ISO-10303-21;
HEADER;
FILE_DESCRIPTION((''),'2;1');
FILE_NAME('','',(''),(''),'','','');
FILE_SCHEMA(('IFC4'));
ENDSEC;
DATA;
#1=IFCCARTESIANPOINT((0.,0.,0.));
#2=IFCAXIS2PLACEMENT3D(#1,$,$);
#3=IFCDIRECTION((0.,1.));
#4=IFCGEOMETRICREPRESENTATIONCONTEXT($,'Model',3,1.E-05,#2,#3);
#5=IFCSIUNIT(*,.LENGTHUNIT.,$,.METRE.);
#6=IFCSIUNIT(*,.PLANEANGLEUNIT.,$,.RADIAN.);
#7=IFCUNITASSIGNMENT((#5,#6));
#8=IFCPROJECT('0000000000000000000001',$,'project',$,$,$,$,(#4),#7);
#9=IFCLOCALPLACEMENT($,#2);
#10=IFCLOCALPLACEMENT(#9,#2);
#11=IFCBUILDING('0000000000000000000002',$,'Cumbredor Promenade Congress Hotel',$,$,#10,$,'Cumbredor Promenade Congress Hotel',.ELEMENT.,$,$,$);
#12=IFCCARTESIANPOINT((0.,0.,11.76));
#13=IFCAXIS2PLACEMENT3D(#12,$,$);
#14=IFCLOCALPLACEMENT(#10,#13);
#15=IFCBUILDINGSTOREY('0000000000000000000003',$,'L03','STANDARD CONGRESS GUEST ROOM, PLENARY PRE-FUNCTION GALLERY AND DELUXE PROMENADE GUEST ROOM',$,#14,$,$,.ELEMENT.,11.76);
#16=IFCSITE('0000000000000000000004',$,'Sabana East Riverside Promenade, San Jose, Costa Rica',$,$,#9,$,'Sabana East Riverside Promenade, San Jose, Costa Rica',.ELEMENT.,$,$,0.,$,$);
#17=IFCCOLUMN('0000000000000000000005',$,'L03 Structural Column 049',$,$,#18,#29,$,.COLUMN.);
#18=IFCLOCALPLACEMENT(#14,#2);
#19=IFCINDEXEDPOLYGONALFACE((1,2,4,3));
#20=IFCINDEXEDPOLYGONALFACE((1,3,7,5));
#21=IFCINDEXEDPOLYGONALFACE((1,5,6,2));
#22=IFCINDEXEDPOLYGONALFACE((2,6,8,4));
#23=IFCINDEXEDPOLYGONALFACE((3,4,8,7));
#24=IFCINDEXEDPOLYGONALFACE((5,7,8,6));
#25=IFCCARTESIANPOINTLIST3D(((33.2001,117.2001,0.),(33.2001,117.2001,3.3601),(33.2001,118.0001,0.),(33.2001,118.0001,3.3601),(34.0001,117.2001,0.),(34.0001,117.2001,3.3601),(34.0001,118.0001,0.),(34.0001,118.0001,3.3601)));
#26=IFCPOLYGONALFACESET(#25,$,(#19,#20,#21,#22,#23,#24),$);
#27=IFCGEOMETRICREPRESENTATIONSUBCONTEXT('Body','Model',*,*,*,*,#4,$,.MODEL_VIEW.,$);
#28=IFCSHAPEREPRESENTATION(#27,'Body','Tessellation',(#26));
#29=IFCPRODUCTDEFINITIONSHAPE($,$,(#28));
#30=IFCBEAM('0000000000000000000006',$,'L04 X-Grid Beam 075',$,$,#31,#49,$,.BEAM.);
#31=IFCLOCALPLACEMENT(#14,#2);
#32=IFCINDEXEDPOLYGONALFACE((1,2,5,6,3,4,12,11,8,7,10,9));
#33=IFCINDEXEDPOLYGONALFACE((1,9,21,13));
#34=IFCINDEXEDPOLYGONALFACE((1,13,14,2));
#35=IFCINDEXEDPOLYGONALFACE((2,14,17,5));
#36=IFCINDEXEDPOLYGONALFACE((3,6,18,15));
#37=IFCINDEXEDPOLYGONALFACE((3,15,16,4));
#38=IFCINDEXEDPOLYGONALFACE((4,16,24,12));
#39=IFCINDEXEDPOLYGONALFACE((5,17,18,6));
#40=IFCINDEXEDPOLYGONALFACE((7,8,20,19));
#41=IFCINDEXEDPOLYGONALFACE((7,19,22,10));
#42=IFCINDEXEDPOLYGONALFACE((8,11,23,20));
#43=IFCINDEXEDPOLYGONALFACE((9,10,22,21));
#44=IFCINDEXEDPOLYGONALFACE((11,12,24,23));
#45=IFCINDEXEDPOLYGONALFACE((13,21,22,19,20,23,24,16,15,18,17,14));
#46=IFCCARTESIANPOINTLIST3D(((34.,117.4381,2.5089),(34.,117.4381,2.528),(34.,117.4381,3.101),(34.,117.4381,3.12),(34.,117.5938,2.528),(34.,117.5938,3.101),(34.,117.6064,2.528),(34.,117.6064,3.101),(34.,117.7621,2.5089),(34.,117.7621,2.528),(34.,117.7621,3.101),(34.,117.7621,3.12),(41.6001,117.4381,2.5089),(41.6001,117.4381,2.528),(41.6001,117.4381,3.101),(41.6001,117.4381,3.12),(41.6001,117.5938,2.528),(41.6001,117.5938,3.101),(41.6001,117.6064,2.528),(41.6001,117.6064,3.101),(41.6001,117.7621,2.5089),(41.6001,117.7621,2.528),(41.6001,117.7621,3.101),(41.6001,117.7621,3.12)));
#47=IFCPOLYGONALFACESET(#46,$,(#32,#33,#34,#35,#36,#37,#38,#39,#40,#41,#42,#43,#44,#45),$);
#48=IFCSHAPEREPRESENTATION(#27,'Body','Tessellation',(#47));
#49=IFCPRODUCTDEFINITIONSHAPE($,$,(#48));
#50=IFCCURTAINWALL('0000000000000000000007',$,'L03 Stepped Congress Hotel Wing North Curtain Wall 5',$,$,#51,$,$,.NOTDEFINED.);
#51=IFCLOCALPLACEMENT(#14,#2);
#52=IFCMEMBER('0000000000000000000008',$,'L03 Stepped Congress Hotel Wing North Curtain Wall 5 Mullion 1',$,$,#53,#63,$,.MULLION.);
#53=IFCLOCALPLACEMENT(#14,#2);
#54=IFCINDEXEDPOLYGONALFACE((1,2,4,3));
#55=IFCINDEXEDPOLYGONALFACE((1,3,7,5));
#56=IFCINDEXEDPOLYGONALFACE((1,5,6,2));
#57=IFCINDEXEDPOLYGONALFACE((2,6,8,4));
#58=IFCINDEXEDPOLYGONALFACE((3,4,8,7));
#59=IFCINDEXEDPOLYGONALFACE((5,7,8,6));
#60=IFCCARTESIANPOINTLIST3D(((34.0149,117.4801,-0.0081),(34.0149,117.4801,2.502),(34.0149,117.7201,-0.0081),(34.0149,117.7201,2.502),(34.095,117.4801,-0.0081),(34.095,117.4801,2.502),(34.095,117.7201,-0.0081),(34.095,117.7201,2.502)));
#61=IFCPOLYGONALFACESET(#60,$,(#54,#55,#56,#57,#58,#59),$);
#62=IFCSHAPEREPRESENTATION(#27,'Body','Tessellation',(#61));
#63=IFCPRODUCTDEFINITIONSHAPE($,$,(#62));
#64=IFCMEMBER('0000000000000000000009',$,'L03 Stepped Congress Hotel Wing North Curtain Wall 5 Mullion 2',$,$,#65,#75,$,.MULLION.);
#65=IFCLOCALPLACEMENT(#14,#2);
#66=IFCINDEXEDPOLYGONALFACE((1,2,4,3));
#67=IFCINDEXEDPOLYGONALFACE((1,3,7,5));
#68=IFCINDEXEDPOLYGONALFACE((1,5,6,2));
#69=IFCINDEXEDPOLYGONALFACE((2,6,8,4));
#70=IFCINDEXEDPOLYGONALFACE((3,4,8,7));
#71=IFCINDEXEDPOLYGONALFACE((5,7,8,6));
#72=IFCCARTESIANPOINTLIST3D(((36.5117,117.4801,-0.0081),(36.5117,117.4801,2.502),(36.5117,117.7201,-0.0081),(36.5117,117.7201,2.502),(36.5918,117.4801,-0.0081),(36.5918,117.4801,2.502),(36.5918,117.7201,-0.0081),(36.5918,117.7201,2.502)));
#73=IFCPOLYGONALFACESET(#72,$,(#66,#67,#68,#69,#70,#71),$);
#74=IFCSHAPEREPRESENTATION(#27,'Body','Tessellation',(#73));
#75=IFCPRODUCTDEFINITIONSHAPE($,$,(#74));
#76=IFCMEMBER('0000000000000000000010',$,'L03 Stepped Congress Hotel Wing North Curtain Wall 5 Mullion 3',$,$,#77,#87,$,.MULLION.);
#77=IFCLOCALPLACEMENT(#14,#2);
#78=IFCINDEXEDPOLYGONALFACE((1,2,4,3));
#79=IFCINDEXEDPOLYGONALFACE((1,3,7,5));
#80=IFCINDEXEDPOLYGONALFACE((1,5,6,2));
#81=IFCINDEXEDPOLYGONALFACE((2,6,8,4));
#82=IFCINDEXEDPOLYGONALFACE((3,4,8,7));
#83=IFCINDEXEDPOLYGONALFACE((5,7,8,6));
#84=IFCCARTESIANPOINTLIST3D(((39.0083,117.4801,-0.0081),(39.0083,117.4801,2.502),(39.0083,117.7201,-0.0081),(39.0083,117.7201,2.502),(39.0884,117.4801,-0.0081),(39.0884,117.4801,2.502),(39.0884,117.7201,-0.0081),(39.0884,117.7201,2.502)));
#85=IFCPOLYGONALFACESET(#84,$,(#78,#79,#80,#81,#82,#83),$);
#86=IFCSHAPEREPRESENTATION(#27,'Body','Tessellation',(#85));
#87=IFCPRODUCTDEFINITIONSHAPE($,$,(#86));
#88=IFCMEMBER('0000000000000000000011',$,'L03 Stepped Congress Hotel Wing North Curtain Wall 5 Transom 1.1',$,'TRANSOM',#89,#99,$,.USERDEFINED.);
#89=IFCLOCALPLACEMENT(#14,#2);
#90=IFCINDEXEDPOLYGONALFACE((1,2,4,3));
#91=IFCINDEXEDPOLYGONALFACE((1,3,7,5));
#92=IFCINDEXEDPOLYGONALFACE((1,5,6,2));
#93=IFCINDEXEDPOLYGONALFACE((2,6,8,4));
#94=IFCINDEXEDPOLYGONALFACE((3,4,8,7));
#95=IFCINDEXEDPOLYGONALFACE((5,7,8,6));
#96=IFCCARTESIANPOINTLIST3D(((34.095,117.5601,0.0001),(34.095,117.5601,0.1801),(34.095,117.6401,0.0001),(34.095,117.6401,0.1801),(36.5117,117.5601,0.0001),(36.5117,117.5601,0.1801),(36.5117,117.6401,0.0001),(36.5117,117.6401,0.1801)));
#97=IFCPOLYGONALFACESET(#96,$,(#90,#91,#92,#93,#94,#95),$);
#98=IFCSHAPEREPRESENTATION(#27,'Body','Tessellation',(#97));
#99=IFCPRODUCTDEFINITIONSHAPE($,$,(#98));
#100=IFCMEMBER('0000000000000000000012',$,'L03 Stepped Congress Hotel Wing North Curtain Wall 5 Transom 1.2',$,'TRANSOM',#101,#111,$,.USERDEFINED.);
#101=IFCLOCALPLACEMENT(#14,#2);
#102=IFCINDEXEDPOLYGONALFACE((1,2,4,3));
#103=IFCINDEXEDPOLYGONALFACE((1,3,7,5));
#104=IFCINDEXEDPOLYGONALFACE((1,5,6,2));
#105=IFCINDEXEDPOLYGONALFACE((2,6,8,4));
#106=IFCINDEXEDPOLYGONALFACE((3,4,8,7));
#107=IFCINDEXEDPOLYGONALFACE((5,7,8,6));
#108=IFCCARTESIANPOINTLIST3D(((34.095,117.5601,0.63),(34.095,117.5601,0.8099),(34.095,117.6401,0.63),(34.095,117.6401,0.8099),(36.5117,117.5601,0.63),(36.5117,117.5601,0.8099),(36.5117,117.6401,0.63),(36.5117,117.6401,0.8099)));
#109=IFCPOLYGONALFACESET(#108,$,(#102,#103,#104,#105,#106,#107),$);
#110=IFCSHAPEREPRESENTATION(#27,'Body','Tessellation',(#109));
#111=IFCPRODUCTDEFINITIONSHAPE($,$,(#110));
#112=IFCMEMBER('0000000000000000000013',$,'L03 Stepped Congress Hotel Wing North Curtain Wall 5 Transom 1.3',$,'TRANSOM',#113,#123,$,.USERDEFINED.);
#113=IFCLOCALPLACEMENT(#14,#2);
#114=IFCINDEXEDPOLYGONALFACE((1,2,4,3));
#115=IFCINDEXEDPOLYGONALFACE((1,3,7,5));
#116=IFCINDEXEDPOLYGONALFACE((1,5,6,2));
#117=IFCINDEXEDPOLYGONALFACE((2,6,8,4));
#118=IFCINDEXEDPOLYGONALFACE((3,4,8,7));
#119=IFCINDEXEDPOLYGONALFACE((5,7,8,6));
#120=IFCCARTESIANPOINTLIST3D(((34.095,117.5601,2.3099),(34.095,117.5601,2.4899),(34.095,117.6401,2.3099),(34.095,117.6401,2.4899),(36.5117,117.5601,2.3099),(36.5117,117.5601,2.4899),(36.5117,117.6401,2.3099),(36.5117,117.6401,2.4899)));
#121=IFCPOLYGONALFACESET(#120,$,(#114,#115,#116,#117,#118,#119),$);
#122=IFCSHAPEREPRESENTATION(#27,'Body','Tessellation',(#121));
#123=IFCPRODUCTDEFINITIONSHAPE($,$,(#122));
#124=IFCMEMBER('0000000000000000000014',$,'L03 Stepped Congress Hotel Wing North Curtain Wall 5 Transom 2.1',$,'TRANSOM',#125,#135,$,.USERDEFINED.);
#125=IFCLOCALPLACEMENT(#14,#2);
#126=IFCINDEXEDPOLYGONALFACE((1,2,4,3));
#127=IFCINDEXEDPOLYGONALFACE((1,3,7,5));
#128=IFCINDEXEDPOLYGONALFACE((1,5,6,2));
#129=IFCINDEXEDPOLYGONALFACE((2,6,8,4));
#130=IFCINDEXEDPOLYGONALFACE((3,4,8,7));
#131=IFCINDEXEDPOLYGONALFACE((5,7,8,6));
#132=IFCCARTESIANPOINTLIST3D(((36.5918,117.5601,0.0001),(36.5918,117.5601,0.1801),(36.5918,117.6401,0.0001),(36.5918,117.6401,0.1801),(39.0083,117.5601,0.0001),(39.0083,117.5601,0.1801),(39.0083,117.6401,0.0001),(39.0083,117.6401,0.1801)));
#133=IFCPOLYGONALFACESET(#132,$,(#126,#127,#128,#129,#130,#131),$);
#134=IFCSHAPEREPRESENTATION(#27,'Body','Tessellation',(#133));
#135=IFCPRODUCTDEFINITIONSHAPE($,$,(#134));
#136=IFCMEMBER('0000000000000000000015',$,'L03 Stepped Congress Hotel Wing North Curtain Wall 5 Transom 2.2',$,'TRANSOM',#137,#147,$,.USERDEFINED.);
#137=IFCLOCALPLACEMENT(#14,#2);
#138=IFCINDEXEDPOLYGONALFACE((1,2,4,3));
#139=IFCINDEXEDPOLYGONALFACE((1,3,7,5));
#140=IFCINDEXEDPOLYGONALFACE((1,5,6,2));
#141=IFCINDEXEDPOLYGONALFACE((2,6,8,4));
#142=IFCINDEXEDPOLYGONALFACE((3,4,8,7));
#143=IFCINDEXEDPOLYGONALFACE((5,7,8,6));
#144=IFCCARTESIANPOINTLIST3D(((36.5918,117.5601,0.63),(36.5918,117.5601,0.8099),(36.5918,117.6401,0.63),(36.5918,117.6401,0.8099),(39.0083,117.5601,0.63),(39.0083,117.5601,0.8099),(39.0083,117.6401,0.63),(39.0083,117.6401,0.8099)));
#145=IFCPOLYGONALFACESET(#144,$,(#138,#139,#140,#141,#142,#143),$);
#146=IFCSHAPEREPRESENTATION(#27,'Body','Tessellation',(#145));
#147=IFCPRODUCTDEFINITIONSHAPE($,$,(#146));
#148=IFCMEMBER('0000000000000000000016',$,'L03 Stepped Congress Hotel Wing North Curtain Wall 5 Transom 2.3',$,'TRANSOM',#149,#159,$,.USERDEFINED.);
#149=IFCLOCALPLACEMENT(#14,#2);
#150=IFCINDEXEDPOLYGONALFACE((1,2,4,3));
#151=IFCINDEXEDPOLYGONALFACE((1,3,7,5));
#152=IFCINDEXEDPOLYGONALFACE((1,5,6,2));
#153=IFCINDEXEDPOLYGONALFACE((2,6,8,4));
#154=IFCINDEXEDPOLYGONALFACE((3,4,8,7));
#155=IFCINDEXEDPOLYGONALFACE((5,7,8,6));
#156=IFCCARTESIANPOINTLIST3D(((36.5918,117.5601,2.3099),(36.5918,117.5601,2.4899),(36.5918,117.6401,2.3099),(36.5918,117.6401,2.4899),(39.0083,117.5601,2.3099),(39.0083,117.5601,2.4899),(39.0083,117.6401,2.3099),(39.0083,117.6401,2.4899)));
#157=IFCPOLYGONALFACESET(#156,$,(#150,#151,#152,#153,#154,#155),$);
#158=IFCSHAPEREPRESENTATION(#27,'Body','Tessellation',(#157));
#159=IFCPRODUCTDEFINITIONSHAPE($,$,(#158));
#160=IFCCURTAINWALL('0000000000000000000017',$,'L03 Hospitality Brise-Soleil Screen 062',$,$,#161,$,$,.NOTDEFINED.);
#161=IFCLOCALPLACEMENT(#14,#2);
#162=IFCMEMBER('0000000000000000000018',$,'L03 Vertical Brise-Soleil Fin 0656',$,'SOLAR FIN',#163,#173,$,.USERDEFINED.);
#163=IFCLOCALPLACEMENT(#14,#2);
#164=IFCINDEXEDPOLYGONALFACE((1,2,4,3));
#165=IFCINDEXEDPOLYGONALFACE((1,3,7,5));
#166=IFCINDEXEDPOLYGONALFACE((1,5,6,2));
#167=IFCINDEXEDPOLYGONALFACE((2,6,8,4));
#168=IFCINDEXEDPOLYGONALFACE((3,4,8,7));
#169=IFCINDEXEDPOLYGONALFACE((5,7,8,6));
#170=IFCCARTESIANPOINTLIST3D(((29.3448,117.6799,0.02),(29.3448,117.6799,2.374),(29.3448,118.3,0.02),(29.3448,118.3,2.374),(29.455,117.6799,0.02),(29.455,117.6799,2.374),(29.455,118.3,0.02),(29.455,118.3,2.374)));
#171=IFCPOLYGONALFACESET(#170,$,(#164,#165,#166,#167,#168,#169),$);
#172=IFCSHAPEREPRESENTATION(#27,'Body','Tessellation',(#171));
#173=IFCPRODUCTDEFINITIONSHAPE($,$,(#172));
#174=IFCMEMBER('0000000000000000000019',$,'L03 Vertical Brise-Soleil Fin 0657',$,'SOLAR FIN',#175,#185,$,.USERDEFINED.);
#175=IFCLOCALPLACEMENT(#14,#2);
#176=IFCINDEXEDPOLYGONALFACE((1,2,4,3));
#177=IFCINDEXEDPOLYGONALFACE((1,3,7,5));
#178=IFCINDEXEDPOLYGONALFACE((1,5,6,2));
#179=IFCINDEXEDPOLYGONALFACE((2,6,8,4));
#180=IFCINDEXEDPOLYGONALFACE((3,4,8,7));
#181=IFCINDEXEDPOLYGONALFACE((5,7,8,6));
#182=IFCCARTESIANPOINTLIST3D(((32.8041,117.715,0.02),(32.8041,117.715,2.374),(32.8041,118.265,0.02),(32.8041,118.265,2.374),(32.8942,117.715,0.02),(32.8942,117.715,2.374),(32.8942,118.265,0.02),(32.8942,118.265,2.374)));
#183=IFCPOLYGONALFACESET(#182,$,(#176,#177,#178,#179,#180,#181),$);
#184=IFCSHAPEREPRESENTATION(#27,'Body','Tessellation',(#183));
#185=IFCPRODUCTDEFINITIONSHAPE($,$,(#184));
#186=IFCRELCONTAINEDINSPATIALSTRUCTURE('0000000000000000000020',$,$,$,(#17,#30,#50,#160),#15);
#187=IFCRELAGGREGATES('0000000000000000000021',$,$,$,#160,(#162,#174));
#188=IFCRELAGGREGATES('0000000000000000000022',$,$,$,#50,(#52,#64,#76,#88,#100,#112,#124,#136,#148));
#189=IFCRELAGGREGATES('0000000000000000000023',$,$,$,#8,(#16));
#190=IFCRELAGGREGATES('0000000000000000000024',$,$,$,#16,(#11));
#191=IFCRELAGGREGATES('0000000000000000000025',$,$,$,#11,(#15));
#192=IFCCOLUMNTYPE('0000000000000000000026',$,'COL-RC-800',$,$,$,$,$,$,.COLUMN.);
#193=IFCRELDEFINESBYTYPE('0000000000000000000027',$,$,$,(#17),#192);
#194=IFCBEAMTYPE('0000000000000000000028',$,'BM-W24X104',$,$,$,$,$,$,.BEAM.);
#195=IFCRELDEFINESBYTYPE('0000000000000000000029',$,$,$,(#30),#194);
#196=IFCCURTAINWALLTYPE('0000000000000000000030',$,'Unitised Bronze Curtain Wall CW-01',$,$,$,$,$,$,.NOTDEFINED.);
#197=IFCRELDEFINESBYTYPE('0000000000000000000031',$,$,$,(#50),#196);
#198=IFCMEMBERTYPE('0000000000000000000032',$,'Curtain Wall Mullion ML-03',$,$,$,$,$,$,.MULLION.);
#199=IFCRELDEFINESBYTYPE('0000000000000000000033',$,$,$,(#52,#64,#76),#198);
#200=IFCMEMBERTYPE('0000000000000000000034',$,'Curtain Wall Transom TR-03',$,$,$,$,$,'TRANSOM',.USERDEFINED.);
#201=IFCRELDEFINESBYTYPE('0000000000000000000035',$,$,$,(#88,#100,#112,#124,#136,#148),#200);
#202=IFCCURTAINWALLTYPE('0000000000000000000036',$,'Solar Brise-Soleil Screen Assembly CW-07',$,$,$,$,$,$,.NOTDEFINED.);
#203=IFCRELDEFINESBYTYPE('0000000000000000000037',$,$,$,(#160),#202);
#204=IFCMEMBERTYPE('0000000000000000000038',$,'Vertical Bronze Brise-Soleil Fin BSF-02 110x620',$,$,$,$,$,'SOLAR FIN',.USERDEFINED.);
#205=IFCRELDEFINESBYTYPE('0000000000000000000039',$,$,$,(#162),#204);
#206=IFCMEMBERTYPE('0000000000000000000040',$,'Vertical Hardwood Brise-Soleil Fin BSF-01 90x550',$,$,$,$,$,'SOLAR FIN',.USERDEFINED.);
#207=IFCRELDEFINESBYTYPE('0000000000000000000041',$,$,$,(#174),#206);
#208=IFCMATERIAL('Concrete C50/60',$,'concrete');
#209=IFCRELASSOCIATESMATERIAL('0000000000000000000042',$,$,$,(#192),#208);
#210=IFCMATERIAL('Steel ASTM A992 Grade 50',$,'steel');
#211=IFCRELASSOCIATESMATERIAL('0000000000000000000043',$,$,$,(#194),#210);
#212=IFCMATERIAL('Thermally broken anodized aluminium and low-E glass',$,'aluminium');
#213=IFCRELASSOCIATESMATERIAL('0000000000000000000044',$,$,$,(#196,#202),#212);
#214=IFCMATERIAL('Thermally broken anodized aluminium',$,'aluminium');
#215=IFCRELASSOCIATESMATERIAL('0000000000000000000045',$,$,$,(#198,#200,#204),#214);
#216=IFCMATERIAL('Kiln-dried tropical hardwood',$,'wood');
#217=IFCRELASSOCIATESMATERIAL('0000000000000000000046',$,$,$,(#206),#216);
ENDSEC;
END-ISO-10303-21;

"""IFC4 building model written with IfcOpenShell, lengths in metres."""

from ifc_helpers import new_model, si_unit, direction, frame, origin, origin_2d, place, context, subcontext, project, spatial, rectangle, i_section, extrude, material, material_profile, profile_set, type_object, element, aggregate, save


model = new_model("IFC4")

# Units and contexts
model_context = context("Model", 3, precision=1e-05, world=origin(), true_north=direction((0.0, 1.0)))
body_context = subcontext(model_context, "Body", "Model", "MODEL_VIEW")
ifc_project = project(units=[si_unit("LENGTHUNIT", "METRE"), si_unit("PLANEANGLEUNIT", "RADIAN")], contexts=[model_context])

# Site, building, storey
site_placement = place(None, origin())
site = spatial("IfcSite", under=ifc_project, at=site_placement, Name="Sabana East Riverside Promenade, San Jose, Costa Rica", LongName="Sabana East Riverside Promenade, San Jose, Costa Rica", CompositionType="ELEMENT", RefElevation=0.0)
building_placement = place(site_placement, origin())
building = spatial("IfcBuilding", under=site, at=building_placement, Name="Cumbredor Promenade Congress Hotel", LongName="Cumbredor Promenade Congress Hotel", CompositionType="ELEMENT")
storey_placement = place(building_placement, frame((0.0, 0.0, 11.76)))
storey = spatial("IfcBuildingStorey", under=building, at=storey_placement, Name="L03", Description="STANDARD CONGRESS GUEST ROOM, PLENARY PRE-FUNCTION GALLERY AND DELUXE PROMENADE GUEST ROOM", CompositionType="ELEMENT", Elevation=11.76)

# Column
ifc_material_1 = material(Name="Concrete C50/60", Category="concrete")
ifc_material_profile_1 = material_profile(ifc_material_1, rectangle(XDim=0.8, YDim=0.8, at=origin_2d()), Name="RC 800x800")
ifc_profile_set_1 = profile_set([ifc_material_profile_1], Name="Concrete C50/60")
column_type = type_object("IfcColumnType", Name="COL-RC-800", PredefinedType="COLUMN", material=ifc_profile_set_1)
column_placement = place(storey_placement, frame((33.6001, 117.6001, 0.0), z_axis=(0.0, 0.0, 1.0), x_axis=(1.0, 0.0, 0.0)))
element("IfcColumn", 1, at=column_placement, inside=storey, type_object=column_type, Name="L03 Structural Column 049", PredefinedType="COLUMN", context=body_context, shape_type="SweptSolid", body=[
    extrude(rectangle(XDim=0.8, YDim=0.8, at=origin_2d()), origin(), (0.0, 0.0, 1.0), 3.3601),
])

# Beam
ifc_material_2 = material(Name="Steel ASTM A992 Grade 50", Category="steel")
ifc_material_profile_2 = material_profile(ifc_material_2, i_section(OverallWidth=0.324, OverallDepth=0.6111, WebThickness=0.0127, FlangeThickness=0.019, at=origin_2d()), Name="W24X104")
ifc_profile_set_2 = profile_set([ifc_material_profile_2], Name="Steel ASTM A992 Grade 50")
beam_type = type_object("IfcBeamType", Name="BM-W24X104", PredefinedType="BEAM", material=ifc_profile_set_2)
beam_placement = place(storey_placement, frame((34.0, 117.6001, 2.8145), z_axis=(1.0, 0.0, 0.0), x_axis=(0.0, 1.0, 0.0)))
element("IfcBeam", 2, at=beam_placement, inside=storey, type_object=beam_type, Name="L04 X-Grid Beam 075", PredefinedType="BEAM", context=body_context, shape_type="SweptSolid", body=[
    extrude(i_section(OverallWidth=0.324, OverallDepth=0.6111, WebThickness=0.0127, FlangeThickness=0.019, at=origin_2d()), origin(), (0.0, 0.0, 1.0), 7.6001),
])

# Curtain walls, members
ifc_material_3 = material(Name="Thermally broken anodized aluminium and low-E glass", Category="aluminium")
curtain_wall_type_1 = type_object("IfcCurtainWallType", Name="Unitised Bronze Curtain Wall CW-01", PredefinedType="NOTDEFINED", material=ifc_material_3)
curtain_wall_1_placement = place(storey_placement, origin())
curtain_wall_1 = element("IfcCurtainWall", 3, at=curtain_wall_1_placement, inside=storey, type_object=curtain_wall_type_1, Name="L03 Stepped Congress Hotel Wing North Curtain Wall 5", PredefinedType="NOTDEFINED")
ifc_material_4 = material(Name="Thermally broken anodized aluminium", Category="aluminium")
ifc_material_profile_3 = material_profile(ifc_material_4, rectangle(XDim=0.0801, YDim=0.24, at=origin_2d()), Name="ALU MULLION 80x240")
ifc_profile_set_3 = profile_set([ifc_material_profile_3], Name="Thermally broken anodized aluminium")
member_type_1 = type_object("IfcMemberType", Name="Curtain Wall Mullion ML-03", PredefinedType="MULLION", material=ifc_profile_set_3)
member_1_placement = place(storey_placement, frame((34.0549, 117.6001, -0.0081), z_axis=(0.0, 0.0, 1.0), x_axis=(1.0, 0.0, 0.0)))
member_1 = element("IfcMember", 4, at=member_1_placement, type_object=member_type_1, Name="L03 Stepped Congress Hotel Wing North Curtain Wall 5 Mullion 1", PredefinedType="MULLION", context=body_context, shape_type="SweptSolid", body=[
    extrude(rectangle(XDim=0.0801, YDim=0.24, at=origin_2d()), origin(), (0.0, 0.0, 1.0), 2.51),
])
member_2_placement = place(storey_placement, frame((36.5518, 117.6001, -0.0081), z_axis=(0.0, 0.0, 1.0), x_axis=(1.0, 0.0, 0.0)))
member_2 = element("IfcMember", 5, at=member_2_placement, type_object=member_type_1, Name="L03 Stepped Congress Hotel Wing North Curtain Wall 5 Mullion 2", PredefinedType="MULLION", context=body_context, shape_type="SweptSolid", body=[
    extrude(rectangle(XDim=0.0801, YDim=0.24, at=origin_2d()), origin(), (0.0, 0.0, 1.0), 2.51),
])
member_3_placement = place(storey_placement, frame((39.0483, 117.6001, -0.0081), z_axis=(0.0, 0.0, 1.0), x_axis=(1.0, 0.0, 0.0)))
member_3 = element("IfcMember", 6, at=member_3_placement, type_object=member_type_1, Name="L03 Stepped Congress Hotel Wing North Curtain Wall 5 Mullion 3", PredefinedType="MULLION", context=body_context, shape_type="SweptSolid", body=[
    extrude(rectangle(XDim=0.0801, YDim=0.24, at=origin_2d()), origin(), (0.0, 0.0, 1.0), 2.51),
])
ifc_material_profile_4 = material_profile(ifc_material_4, rectangle(XDim=0.0801, YDim=0.1799, at=origin_2d()), Name="ALU TRANSOM 80x180")
ifc_profile_set_4 = profile_set([ifc_material_profile_4], Name="Thermally broken anodized aluminium")
member_type_2 = type_object("IfcMemberType", Name="Curtain Wall Transom TR-03", ElementType="TRANSOM", PredefinedType="USERDEFINED", material=ifc_profile_set_4)
member_4_placement = place(storey_placement, frame((34.095, 117.6001, 0.0901), z_axis=(1.0, 0.0, 0.0), x_axis=(0.0, 1.0, 0.0)))
member_4 = element("IfcMember", 7, at=member_4_placement, type_object=member_type_2, Name="L03 Stepped Congress Hotel Wing North Curtain Wall 5 Transom 1.1", ObjectType="TRANSOM", PredefinedType="USERDEFINED", context=body_context, shape_type="SweptSolid", body=[
    extrude(rectangle(XDim=0.0801, YDim=0.1799, at=origin_2d()), origin(), (0.0, 0.0, 1.0), 2.4167),
])
member_5_placement = place(storey_placement, frame((34.095, 117.6001, 0.72), z_axis=(1.0, 0.0, 0.0), x_axis=(0.0, 1.0, 0.0)))
member_5 = element("IfcMember", 8, at=member_5_placement, type_object=member_type_2, Name="L03 Stepped Congress Hotel Wing North Curtain Wall 5 Transom 1.2", ObjectType="TRANSOM", PredefinedType="USERDEFINED", context=body_context, shape_type="SweptSolid", body=[
    extrude(rectangle(XDim=0.0801, YDim=0.1799, at=origin_2d()), origin(), (0.0, 0.0, 1.0), 2.4167),
])
member_6_placement = place(storey_placement, frame((34.095, 117.6001, 2.3999), z_axis=(1.0, 0.0, 0.0), x_axis=(0.0, 1.0, 0.0)))
member_6 = element("IfcMember", 9, at=member_6_placement, type_object=member_type_2, Name="L03 Stepped Congress Hotel Wing North Curtain Wall 5 Transom 1.3", ObjectType="TRANSOM", PredefinedType="USERDEFINED", context=body_context, shape_type="SweptSolid", body=[
    extrude(rectangle(XDim=0.0801, YDim=0.1799, at=origin_2d()), origin(), (0.0, 0.0, 1.0), 2.4167),
])
member_7_placement = place(storey_placement, frame((36.5918, 117.6001, 0.0901), z_axis=(1.0, 0.0, 0.0), x_axis=(0.0, 1.0, 0.0)))
member_7 = element("IfcMember", 10, at=member_7_placement, type_object=member_type_2, Name="L03 Stepped Congress Hotel Wing North Curtain Wall 5 Transom 2.1", ObjectType="TRANSOM", PredefinedType="USERDEFINED", context=body_context, shape_type="SweptSolid", body=[
    extrude(rectangle(XDim=0.0801, YDim=0.1799, at=origin_2d()), origin(), (0.0, 0.0, 1.0), 2.4165),
])
member_8_placement = place(storey_placement, frame((36.5918, 117.6001, 0.72), z_axis=(1.0, 0.0, 0.0), x_axis=(0.0, 1.0, 0.0)))
member_8 = element("IfcMember", 11, at=member_8_placement, type_object=member_type_2, Name="L03 Stepped Congress Hotel Wing North Curtain Wall 5 Transom 2.2", ObjectType="TRANSOM", PredefinedType="USERDEFINED", context=body_context, shape_type="SweptSolid", body=[
    extrude(rectangle(XDim=0.0801, YDim=0.1799, at=origin_2d()), origin(), (0.0, 0.0, 1.0), 2.4165),
])
member_9_placement = place(storey_placement, frame((36.5918, 117.6001, 2.3999), z_axis=(1.0, 0.0, 0.0), x_axis=(0.0, 1.0, 0.0)))
member_9 = element("IfcMember", 12, at=member_9_placement, type_object=member_type_2, Name="L03 Stepped Congress Hotel Wing North Curtain Wall 5 Transom 2.3", ObjectType="TRANSOM", PredefinedType="USERDEFINED", context=body_context, shape_type="SweptSolid", body=[
    extrude(rectangle(XDim=0.0801, YDim=0.1799, at=origin_2d()), origin(), (0.0, 0.0, 1.0), 2.4165),
])
curtain_wall_type_2 = type_object("IfcCurtainWallType", Name="Solar Brise-Soleil Screen Assembly CW-07", PredefinedType="NOTDEFINED", material=ifc_material_3)
curtain_wall_2_placement = place(storey_placement, origin())
curtain_wall_2 = element("IfcCurtainWall", 13, at=curtain_wall_2_placement, inside=storey, type_object=curtain_wall_type_2, Name="L03 Hospitality Brise-Soleil Screen 062", PredefinedType="NOTDEFINED")
ifc_material_profile_5 = material_profile(ifc_material_4, rectangle(XDim=0.1101, YDim=0.6201, at=origin_2d()), Name="ARCH FIN 110x620")
ifc_profile_set_5 = profile_set([ifc_material_profile_5], Name="Thermally broken anodized aluminium")
member_type_3 = type_object("IfcMemberType", Name="Vertical Bronze Brise-Soleil Fin BSF-02 110x620", ElementType="SOLAR FIN", PredefinedType="USERDEFINED", material=ifc_profile_set_5)
member_10_placement = place(storey_placement, frame((29.3999, 117.99, 0.02), z_axis=(0.0, 0.0, 1.0), x_axis=(1.0, 0.0, 0.0)))
member_10 = element("IfcMember", 14, at=member_10_placement, type_object=member_type_3, Name="L03 Vertical Brise-Soleil Fin 0656", ObjectType="SOLAR FIN", PredefinedType="USERDEFINED", context=body_context, shape_type="SweptSolid", body=[
    extrude(rectangle(XDim=0.1101, YDim=0.6201, at=origin_2d()), origin(), (0.0, 0.0, 1.0), 2.354),
])
ifc_material_5 = material(Name="Kiln-dried tropical hardwood", Category="wood")
ifc_material_profile_6 = material_profile(ifc_material_5, rectangle(XDim=0.0901, YDim=0.55, at=origin_2d()), Name="ARCH FIN 90x550")
ifc_profile_set_6 = profile_set([ifc_material_profile_6], Name="Kiln-dried tropical hardwood")
member_type_4 = type_object("IfcMemberType", Name="Vertical Hardwood Brise-Soleil Fin BSF-01 90x550", ElementType="SOLAR FIN", PredefinedType="USERDEFINED", material=ifc_profile_set_6)
member_11_placement = place(storey_placement, frame((32.8491, 117.99, 0.02), z_axis=(0.0, 0.0, 1.0), x_axis=(1.0, 0.0, 0.0)))
member_11 = element("IfcMember", 15, at=member_11_placement, type_object=member_type_4, Name="L03 Vertical Brise-Soleil Fin 0657", ObjectType="SOLAR FIN", PredefinedType="USERDEFINED", context=body_context, shape_type="SweptSolid", body=[
    extrude(rectangle(XDim=0.0901, YDim=0.55, at=origin_2d()), origin(), (0.0, 0.0, 1.0), 2.354),
])

aggregate(curtain_wall_2, [member_10, member_11])
aggregate(curtain_wall_1, [member_1, member_2, member_3, member_4, member_5, member_6, member_7, member_8, member_9])

save(model, "model.ifc")
